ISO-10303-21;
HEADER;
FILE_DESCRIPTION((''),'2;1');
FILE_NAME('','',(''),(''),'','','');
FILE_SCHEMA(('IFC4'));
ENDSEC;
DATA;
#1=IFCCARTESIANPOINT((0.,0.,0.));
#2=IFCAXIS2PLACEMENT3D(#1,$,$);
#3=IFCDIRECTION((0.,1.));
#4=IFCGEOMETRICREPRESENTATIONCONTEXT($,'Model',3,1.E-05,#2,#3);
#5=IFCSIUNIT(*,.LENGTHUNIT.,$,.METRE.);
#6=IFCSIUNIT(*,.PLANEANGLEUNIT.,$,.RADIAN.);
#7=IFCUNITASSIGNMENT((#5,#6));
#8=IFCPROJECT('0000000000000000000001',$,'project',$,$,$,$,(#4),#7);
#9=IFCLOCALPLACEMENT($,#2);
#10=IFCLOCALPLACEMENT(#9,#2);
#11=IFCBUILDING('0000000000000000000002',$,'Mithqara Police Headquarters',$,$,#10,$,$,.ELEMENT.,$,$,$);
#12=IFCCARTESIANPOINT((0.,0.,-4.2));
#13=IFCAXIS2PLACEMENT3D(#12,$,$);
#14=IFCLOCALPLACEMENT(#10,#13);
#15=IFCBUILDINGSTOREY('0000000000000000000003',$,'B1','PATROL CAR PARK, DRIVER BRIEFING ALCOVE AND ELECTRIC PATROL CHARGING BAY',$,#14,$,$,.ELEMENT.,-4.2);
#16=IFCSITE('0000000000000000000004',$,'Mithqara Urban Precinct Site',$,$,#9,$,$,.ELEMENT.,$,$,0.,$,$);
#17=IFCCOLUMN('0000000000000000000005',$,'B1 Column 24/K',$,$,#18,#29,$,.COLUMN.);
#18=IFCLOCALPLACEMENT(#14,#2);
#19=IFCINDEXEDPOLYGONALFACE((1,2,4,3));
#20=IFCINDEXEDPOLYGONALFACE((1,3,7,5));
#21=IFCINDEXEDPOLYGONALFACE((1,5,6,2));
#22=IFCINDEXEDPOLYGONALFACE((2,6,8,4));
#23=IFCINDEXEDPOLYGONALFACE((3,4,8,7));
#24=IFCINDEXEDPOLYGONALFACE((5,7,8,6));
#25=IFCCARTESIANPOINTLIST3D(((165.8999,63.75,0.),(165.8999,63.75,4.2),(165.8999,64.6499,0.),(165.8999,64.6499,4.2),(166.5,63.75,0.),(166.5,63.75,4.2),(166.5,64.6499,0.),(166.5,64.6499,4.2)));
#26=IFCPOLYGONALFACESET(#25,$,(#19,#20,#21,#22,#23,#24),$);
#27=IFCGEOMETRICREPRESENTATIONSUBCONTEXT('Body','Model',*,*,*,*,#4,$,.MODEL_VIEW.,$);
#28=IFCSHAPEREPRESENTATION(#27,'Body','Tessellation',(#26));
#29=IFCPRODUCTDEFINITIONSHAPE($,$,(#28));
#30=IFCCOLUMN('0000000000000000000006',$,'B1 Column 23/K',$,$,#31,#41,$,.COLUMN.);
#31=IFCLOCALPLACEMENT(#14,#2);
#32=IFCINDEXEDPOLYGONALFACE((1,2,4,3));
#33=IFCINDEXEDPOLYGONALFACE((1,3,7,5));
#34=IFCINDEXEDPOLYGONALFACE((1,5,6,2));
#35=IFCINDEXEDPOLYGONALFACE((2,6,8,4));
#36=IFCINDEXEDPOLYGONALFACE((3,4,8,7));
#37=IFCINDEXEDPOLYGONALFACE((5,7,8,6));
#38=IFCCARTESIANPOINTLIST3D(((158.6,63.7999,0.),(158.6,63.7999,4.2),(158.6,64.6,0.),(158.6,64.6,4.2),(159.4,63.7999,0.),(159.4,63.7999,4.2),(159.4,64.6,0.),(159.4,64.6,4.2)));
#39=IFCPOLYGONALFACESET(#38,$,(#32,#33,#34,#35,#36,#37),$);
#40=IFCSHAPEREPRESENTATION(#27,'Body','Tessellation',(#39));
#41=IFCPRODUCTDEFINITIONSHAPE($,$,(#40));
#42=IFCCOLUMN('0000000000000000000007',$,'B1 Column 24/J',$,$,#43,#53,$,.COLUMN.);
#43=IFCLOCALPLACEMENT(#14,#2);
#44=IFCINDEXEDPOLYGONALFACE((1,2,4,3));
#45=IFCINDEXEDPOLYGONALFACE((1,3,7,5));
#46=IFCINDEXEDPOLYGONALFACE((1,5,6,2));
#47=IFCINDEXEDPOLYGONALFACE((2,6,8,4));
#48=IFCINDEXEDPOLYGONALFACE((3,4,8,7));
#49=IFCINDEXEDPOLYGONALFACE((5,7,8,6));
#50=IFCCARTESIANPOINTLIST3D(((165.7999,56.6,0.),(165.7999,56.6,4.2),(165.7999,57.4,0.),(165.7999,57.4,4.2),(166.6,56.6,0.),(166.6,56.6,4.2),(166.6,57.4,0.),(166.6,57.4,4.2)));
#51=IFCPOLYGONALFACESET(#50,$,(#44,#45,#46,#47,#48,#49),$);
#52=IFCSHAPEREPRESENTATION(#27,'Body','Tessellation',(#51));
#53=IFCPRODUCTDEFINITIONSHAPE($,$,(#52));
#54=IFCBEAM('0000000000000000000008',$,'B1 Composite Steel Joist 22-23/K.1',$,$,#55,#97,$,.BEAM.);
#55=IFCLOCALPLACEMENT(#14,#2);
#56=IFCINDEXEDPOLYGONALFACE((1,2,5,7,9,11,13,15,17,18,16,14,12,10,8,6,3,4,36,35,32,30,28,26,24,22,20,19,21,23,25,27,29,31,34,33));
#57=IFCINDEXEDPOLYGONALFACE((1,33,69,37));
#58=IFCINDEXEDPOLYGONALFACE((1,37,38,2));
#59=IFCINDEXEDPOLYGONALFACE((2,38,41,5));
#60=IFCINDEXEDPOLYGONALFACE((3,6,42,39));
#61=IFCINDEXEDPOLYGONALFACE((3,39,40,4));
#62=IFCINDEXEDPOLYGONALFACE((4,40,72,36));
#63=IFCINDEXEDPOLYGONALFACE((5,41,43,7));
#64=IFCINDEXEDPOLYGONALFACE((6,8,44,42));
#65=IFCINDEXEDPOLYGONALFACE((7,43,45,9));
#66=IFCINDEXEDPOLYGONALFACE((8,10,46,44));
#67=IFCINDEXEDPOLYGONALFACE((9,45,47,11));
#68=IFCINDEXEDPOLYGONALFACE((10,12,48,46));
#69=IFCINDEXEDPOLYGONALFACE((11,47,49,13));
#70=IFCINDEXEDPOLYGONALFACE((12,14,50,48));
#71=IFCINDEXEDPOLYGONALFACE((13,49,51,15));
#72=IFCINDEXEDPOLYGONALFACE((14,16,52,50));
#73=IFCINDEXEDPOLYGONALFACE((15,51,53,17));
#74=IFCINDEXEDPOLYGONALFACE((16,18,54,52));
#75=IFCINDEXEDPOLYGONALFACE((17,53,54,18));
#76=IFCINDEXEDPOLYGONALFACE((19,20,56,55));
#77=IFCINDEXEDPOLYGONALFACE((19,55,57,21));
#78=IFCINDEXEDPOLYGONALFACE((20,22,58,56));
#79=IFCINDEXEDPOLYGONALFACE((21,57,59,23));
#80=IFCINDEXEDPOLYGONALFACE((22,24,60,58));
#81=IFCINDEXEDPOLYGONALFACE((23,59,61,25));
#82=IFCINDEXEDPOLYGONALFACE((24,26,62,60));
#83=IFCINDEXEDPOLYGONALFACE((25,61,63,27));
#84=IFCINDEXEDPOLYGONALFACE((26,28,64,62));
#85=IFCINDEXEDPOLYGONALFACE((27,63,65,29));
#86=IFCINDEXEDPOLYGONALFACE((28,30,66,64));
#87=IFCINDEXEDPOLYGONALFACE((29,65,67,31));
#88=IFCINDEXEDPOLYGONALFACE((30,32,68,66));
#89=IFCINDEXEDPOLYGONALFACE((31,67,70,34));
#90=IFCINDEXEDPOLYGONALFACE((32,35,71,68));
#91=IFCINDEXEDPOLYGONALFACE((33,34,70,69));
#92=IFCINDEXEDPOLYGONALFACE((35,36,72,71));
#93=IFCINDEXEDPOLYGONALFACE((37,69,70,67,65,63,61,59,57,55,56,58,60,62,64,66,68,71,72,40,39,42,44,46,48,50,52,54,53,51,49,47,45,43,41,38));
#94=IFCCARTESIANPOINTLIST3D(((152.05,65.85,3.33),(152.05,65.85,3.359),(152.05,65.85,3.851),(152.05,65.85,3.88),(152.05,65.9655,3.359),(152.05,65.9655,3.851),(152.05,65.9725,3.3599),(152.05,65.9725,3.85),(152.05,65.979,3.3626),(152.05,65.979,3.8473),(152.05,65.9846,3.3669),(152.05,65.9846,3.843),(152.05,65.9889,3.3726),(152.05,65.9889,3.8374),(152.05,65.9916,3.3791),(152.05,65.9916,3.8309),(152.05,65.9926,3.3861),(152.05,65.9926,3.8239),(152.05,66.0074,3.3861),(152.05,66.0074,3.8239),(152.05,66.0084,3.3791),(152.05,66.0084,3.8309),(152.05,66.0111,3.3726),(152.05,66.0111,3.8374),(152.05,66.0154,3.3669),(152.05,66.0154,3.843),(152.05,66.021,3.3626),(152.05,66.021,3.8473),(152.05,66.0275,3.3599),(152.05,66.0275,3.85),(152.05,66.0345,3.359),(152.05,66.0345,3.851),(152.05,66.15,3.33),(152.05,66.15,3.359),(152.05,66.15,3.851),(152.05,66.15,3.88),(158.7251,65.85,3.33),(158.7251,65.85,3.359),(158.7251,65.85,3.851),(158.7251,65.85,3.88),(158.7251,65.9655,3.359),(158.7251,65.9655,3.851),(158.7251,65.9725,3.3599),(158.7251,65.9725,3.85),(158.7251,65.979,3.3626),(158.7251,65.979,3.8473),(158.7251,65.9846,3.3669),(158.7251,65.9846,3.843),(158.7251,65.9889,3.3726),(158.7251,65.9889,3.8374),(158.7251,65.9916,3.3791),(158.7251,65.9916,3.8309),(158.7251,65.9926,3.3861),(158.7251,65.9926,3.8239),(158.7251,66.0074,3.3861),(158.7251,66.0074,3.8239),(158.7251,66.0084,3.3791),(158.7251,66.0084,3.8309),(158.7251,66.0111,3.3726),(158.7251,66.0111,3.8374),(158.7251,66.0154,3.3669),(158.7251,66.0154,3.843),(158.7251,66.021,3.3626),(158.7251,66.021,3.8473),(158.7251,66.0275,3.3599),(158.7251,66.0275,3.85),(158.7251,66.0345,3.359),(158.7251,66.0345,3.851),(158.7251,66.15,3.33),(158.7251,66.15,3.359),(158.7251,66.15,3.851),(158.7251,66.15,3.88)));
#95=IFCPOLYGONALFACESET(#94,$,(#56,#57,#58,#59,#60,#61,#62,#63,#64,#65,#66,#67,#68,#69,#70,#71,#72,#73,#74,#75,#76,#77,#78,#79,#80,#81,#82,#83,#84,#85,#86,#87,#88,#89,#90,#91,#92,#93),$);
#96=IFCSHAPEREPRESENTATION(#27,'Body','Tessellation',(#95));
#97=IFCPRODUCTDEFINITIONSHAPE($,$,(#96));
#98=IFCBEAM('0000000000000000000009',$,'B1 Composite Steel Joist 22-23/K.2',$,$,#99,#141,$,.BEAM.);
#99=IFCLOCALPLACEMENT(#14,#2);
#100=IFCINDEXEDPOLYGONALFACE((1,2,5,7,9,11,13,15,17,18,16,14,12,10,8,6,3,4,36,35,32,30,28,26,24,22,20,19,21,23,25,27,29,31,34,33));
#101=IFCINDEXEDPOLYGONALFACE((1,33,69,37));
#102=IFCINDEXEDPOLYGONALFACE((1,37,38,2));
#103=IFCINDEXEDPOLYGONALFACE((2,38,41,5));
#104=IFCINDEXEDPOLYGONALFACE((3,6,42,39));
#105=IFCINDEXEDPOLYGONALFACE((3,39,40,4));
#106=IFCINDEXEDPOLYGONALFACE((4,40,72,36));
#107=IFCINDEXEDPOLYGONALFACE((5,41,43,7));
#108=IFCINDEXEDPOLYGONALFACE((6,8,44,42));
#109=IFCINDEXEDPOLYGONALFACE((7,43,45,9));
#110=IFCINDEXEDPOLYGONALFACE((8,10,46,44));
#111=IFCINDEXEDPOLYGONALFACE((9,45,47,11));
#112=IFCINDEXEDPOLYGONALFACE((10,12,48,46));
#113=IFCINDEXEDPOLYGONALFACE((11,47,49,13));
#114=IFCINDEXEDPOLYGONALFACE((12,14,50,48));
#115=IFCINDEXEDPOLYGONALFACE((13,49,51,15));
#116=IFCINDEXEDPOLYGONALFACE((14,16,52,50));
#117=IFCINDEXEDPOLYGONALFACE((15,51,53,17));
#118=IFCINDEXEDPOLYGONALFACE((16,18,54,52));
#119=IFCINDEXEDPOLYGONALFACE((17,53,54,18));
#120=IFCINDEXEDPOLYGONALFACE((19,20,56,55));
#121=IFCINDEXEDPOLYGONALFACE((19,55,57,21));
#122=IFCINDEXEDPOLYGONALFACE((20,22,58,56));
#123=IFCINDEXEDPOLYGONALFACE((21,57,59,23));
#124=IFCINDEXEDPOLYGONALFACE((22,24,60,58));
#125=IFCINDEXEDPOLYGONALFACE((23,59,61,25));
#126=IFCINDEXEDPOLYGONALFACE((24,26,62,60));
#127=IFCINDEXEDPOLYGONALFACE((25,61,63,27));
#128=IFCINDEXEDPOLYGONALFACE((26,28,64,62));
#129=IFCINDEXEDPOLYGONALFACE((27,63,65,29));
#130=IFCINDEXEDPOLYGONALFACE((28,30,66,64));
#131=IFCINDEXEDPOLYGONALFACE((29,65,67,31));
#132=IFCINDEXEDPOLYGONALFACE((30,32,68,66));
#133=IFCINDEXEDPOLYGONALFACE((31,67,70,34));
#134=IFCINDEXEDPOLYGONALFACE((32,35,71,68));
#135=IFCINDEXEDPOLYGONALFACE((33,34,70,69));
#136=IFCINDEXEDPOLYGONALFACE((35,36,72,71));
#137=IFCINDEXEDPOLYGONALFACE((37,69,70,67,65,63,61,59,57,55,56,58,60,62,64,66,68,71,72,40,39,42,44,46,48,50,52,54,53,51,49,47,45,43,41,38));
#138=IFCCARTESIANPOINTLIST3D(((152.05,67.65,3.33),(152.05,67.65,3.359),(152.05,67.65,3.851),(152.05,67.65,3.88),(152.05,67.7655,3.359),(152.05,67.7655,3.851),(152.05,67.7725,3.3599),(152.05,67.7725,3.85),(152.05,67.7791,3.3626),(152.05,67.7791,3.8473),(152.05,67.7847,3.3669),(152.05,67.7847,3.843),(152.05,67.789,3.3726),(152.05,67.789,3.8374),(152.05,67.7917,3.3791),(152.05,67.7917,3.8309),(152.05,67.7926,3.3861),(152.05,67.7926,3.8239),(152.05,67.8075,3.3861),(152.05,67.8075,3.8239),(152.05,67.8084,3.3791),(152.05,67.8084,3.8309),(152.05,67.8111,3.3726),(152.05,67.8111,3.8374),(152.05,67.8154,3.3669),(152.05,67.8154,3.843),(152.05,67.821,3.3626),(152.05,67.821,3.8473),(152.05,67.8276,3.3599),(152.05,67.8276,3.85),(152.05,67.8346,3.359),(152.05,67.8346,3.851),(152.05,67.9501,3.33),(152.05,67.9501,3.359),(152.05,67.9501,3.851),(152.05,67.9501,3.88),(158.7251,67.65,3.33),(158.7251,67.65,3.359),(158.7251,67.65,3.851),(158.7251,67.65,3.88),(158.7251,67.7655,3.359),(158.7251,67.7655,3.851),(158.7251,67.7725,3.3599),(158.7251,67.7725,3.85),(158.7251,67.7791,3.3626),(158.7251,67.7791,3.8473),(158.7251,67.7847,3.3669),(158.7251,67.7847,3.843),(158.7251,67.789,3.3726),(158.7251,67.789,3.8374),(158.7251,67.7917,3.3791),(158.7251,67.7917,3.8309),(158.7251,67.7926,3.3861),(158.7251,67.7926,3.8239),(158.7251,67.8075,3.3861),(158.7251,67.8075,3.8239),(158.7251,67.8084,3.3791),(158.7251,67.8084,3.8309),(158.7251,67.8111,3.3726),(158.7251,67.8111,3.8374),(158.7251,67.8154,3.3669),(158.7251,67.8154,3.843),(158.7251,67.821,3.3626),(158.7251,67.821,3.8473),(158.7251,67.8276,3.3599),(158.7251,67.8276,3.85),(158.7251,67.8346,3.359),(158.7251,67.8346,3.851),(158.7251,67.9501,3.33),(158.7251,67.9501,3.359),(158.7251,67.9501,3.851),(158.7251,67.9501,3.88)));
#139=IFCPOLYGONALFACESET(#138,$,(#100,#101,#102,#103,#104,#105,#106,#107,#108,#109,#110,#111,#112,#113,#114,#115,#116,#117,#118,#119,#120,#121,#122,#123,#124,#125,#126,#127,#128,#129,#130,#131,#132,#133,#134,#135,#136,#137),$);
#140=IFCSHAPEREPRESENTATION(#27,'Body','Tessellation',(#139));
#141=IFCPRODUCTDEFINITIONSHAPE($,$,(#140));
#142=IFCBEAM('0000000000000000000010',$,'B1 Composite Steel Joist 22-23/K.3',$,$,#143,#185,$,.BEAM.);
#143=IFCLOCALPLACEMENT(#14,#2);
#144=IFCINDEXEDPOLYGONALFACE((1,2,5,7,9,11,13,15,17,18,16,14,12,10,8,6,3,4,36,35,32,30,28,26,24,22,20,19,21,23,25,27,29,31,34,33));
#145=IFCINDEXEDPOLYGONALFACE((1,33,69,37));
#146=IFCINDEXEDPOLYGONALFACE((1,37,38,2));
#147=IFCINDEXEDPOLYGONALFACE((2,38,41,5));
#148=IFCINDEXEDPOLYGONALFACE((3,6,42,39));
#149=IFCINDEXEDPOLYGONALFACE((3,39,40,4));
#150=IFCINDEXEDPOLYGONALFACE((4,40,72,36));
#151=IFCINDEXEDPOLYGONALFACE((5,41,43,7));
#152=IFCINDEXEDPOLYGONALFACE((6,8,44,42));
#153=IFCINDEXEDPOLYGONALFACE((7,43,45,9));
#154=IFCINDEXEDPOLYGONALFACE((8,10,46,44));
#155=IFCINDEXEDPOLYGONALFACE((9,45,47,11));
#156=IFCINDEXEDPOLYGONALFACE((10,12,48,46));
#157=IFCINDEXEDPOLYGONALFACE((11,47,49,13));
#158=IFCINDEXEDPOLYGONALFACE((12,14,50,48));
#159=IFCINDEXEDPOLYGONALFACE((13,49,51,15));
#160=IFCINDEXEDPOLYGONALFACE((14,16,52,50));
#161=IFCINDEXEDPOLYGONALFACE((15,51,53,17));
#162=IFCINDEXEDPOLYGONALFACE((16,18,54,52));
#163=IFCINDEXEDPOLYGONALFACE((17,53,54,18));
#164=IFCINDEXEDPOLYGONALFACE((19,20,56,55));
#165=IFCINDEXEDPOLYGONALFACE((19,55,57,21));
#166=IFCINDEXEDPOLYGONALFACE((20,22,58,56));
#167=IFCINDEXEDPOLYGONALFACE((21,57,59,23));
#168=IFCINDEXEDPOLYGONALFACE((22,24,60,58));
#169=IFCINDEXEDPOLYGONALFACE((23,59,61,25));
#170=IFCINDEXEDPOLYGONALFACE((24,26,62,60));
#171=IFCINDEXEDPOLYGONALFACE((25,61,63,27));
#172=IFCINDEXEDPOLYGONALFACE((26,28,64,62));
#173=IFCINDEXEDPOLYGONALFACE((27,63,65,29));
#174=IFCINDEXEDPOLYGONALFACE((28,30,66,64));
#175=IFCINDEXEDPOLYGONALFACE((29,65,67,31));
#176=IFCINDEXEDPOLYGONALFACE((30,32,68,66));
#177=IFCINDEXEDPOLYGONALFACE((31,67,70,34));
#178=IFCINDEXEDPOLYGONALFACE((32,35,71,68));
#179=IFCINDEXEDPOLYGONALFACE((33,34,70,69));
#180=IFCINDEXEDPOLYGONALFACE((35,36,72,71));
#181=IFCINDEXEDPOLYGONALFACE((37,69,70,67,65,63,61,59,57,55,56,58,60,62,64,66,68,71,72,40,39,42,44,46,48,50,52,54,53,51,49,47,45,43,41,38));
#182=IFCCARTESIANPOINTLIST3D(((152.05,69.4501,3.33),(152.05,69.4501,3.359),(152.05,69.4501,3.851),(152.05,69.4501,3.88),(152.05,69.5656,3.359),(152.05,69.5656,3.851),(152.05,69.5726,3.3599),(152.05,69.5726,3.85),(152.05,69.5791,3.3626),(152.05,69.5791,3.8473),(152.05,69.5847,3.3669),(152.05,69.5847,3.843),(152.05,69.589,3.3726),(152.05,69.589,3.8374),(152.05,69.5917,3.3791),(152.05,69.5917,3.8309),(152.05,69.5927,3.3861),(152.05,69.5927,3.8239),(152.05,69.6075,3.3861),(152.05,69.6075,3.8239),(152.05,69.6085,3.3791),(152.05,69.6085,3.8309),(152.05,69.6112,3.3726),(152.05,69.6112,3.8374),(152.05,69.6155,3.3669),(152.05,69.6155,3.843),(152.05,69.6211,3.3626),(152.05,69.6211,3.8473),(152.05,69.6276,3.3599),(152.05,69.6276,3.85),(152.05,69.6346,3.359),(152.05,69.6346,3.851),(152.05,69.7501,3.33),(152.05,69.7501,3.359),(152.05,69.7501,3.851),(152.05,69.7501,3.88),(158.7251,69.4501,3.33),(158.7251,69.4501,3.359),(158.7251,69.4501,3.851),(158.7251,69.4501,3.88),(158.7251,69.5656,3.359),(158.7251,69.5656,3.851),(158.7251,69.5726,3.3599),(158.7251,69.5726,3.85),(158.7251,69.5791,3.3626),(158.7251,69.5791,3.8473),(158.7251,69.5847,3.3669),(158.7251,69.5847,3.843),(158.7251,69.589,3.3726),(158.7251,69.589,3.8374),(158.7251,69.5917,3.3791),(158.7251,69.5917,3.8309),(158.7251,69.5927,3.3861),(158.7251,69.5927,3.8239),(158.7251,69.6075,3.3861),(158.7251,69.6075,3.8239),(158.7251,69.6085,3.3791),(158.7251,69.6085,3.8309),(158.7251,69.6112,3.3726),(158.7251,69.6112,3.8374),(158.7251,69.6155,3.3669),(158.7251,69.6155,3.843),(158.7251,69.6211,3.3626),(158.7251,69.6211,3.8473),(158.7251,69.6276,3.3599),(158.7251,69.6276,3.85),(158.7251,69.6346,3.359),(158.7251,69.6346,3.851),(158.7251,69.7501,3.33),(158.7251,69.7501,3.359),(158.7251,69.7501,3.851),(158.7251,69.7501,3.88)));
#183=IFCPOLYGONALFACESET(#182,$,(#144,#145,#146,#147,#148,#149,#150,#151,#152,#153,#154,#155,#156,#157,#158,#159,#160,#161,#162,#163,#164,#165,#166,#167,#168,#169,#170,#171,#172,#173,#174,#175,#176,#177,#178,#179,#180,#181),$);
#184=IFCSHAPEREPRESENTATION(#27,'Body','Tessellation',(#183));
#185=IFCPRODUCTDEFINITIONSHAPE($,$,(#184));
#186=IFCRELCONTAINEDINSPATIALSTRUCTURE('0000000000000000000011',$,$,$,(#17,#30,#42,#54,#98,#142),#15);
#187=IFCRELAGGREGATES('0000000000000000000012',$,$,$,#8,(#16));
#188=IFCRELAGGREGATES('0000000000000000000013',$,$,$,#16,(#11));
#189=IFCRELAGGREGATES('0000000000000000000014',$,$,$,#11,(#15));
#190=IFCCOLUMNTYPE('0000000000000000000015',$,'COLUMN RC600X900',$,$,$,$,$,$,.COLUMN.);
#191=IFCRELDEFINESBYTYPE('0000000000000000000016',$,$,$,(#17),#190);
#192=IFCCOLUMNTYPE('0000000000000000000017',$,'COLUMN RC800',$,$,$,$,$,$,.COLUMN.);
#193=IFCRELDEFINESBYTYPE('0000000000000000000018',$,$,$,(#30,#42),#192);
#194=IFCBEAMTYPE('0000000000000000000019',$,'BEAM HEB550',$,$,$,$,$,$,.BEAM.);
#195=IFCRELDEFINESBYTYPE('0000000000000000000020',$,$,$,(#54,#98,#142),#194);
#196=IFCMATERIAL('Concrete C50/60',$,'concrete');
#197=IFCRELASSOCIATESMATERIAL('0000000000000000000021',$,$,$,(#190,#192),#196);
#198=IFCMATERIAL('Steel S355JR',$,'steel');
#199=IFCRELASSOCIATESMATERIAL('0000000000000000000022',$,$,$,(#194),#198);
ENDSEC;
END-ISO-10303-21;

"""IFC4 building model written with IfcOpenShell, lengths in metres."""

from ifc_helpers import new_model, si_unit, direction, frame, origin, origin_2d, place, context, subcontext, project, spatial, rectangle, i_section, extrude, material, material_profile, profile_set, type_object, element, save


model = new_model("IFC4")

# Units and contexts
model_context = context("Model", 3, precision=1e-05, world=origin(), true_north=direction((0.0, 1.0)))
body_context = subcontext(model_context, "Body", "Model", "MODEL_VIEW")
ifc_project = project(units=[si_unit("LENGTHUNIT", "METRE"), si_unit("PLANEANGLEUNIT", "RADIAN")], contexts=[model_context])

# Site, building, storey
site_placement = place(None, origin())
site = spatial("IfcSite", under=ifc_project, at=site_placement, Name="Mithqara Urban Precinct Site", CompositionType="ELEMENT", RefElevation=0.0)
building_placement = place(site_placement, origin())
building = spatial("IfcBuilding", under=site, at=building_placement, Name="Mithqara Police Headquarters", CompositionType="ELEMENT")
storey_placement = place(building_placement, frame((0.0, 0.0, -4.2)))
storey = spatial("IfcBuildingStorey", under=building, at=storey_placement, Name="B1", Description="PATROL CAR PARK, DRIVER BRIEFING ALCOVE AND ELECTRIC PATROL CHARGING BAY", CompositionType="ELEMENT", Elevation=-4.2)

# Columns
ifc_material_1 = material(Name="Concrete C50/60", Category="concrete")
ifc_material_profile_1 = material_profile(ifc_material_1, rectangle(XDim=0.6001, YDim=0.8999, at=origin_2d()), Name="RC 600x900")
ifc_profile_set_1 = profile_set([ifc_material_profile_1], Name="Concrete C50/60")
column_type_1 = type_object("IfcColumnType", Name="COLUMN RC600X900", PredefinedType="COLUMN", material=ifc_profile_set_1)
column_placement = place(storey_placement, frame((166.2, 64.2, 0.0), z_axis=(0.0, 0.0, 1.0), x_axis=(1.0, 0.0, 0.0)))
element("IfcColumn", 1, at=column_placement, inside=storey, type_object=column_type_1, Name="B1 Column 24/K", PredefinedType="COLUMN", context=body_context, shape_type="SweptSolid", body=[
    extrude(rectangle(XDim=0.6001, YDim=0.8999, at=origin_2d()), origin(), (0.0, 0.0, 1.0), 4.2),
])
ifc_material_profile_2 = material_profile(ifc_material_1, rectangle(XDim=0.8, YDim=0.8, at=origin_2d()), Name="RC 800x800")
ifc_profile_set_2 = profile_set([ifc_material_profile_2], Name="Concrete C50/60")
column_type_2 = type_object("IfcColumnType", Name="COLUMN RC800", PredefinedType="COLUMN", material=ifc_profile_set_2)
for number, where, z_axis, x_axis, name in (
    (2, (159.0, 64.2, 0.0), (0.0, 0.0, 1.0), (1.0, 0.0, 0.0), "B1 Column 23/K"),
    (3, (166.2, 57.0, 0.0), (0.0, 0.0, 1.0), (1.0, 0.0, 0.0), "B1 Column 24/J"),
):
    element("IfcColumn", number, at=place(storey_placement, frame(where, z_axis=z_axis, x_axis=x_axis)), inside=storey, type_object=column_type_2, Name=name, PredefinedType="COLUMN", context=body_context, shape_type="SweptSolid", body=[
        extrude(rectangle(XDim=0.8, YDim=0.8, at=origin_2d()), origin(), (0.0, 0.0, 1.0), 4.2),
    ])

# Beams
ifc_material_2 = material(Name="Steel S355JR", Category="steel")
ifc_material_profile_3 = material_profile(ifc_material_2, i_section(OverallWidth=0.3, OverallDepth=0.55, WebThickness=0.0149, FlangeThickness=0.0291, FilletRadius=0.0271, at=origin_2d()), Name="HEB 550")
ifc_profile_set_3 = profile_set([ifc_material_profile_3], Name="Steel S355JR")
beam_type_1 = type_object("IfcBeamType", Name="BEAM HEB550", PredefinedType="BEAM", material=ifc_profile_set_3)
for number, where, z_axis, x_axis, name in (
    (4, (152.05, 66.0, 3.605), (1.0, 0.0, 0.0), (0.0, 1.0, 0.0), "B1 Composite Steel Joist 22-23/K.1"),
    (5, (152.05, 67.8, 3.605), (1.0, 0.0, 0.0), (0.0, 1.0, 0.0), "B1 Composite Steel Joist 22-23/K.2"),
    (6, (152.05, 69.6001, 3.605), (1.0, 0.0, 0.0), (0.0, 1.0, 0.0), "B1 Composite Steel Joist 22-23/K.3"),
):
    element("IfcBeam", number, at=place(storey_placement, frame(where, z_axis=z_axis, x_axis=x_axis)), inside=storey, type_object=beam_type_1, Name=name, PredefinedType="BEAM", context=body_context, shape_type="SweptSolid", body=[
        extrude(i_section(OverallWidth=0.3, OverallDepth=0.55, WebThickness=0.0149, FlangeThickness=0.0291, FilletRadius=0.0271, at=origin_2d()), origin(), (0.0, 0.0, 1.0), 6.675),
    ])

save(model, "model.ifc")
